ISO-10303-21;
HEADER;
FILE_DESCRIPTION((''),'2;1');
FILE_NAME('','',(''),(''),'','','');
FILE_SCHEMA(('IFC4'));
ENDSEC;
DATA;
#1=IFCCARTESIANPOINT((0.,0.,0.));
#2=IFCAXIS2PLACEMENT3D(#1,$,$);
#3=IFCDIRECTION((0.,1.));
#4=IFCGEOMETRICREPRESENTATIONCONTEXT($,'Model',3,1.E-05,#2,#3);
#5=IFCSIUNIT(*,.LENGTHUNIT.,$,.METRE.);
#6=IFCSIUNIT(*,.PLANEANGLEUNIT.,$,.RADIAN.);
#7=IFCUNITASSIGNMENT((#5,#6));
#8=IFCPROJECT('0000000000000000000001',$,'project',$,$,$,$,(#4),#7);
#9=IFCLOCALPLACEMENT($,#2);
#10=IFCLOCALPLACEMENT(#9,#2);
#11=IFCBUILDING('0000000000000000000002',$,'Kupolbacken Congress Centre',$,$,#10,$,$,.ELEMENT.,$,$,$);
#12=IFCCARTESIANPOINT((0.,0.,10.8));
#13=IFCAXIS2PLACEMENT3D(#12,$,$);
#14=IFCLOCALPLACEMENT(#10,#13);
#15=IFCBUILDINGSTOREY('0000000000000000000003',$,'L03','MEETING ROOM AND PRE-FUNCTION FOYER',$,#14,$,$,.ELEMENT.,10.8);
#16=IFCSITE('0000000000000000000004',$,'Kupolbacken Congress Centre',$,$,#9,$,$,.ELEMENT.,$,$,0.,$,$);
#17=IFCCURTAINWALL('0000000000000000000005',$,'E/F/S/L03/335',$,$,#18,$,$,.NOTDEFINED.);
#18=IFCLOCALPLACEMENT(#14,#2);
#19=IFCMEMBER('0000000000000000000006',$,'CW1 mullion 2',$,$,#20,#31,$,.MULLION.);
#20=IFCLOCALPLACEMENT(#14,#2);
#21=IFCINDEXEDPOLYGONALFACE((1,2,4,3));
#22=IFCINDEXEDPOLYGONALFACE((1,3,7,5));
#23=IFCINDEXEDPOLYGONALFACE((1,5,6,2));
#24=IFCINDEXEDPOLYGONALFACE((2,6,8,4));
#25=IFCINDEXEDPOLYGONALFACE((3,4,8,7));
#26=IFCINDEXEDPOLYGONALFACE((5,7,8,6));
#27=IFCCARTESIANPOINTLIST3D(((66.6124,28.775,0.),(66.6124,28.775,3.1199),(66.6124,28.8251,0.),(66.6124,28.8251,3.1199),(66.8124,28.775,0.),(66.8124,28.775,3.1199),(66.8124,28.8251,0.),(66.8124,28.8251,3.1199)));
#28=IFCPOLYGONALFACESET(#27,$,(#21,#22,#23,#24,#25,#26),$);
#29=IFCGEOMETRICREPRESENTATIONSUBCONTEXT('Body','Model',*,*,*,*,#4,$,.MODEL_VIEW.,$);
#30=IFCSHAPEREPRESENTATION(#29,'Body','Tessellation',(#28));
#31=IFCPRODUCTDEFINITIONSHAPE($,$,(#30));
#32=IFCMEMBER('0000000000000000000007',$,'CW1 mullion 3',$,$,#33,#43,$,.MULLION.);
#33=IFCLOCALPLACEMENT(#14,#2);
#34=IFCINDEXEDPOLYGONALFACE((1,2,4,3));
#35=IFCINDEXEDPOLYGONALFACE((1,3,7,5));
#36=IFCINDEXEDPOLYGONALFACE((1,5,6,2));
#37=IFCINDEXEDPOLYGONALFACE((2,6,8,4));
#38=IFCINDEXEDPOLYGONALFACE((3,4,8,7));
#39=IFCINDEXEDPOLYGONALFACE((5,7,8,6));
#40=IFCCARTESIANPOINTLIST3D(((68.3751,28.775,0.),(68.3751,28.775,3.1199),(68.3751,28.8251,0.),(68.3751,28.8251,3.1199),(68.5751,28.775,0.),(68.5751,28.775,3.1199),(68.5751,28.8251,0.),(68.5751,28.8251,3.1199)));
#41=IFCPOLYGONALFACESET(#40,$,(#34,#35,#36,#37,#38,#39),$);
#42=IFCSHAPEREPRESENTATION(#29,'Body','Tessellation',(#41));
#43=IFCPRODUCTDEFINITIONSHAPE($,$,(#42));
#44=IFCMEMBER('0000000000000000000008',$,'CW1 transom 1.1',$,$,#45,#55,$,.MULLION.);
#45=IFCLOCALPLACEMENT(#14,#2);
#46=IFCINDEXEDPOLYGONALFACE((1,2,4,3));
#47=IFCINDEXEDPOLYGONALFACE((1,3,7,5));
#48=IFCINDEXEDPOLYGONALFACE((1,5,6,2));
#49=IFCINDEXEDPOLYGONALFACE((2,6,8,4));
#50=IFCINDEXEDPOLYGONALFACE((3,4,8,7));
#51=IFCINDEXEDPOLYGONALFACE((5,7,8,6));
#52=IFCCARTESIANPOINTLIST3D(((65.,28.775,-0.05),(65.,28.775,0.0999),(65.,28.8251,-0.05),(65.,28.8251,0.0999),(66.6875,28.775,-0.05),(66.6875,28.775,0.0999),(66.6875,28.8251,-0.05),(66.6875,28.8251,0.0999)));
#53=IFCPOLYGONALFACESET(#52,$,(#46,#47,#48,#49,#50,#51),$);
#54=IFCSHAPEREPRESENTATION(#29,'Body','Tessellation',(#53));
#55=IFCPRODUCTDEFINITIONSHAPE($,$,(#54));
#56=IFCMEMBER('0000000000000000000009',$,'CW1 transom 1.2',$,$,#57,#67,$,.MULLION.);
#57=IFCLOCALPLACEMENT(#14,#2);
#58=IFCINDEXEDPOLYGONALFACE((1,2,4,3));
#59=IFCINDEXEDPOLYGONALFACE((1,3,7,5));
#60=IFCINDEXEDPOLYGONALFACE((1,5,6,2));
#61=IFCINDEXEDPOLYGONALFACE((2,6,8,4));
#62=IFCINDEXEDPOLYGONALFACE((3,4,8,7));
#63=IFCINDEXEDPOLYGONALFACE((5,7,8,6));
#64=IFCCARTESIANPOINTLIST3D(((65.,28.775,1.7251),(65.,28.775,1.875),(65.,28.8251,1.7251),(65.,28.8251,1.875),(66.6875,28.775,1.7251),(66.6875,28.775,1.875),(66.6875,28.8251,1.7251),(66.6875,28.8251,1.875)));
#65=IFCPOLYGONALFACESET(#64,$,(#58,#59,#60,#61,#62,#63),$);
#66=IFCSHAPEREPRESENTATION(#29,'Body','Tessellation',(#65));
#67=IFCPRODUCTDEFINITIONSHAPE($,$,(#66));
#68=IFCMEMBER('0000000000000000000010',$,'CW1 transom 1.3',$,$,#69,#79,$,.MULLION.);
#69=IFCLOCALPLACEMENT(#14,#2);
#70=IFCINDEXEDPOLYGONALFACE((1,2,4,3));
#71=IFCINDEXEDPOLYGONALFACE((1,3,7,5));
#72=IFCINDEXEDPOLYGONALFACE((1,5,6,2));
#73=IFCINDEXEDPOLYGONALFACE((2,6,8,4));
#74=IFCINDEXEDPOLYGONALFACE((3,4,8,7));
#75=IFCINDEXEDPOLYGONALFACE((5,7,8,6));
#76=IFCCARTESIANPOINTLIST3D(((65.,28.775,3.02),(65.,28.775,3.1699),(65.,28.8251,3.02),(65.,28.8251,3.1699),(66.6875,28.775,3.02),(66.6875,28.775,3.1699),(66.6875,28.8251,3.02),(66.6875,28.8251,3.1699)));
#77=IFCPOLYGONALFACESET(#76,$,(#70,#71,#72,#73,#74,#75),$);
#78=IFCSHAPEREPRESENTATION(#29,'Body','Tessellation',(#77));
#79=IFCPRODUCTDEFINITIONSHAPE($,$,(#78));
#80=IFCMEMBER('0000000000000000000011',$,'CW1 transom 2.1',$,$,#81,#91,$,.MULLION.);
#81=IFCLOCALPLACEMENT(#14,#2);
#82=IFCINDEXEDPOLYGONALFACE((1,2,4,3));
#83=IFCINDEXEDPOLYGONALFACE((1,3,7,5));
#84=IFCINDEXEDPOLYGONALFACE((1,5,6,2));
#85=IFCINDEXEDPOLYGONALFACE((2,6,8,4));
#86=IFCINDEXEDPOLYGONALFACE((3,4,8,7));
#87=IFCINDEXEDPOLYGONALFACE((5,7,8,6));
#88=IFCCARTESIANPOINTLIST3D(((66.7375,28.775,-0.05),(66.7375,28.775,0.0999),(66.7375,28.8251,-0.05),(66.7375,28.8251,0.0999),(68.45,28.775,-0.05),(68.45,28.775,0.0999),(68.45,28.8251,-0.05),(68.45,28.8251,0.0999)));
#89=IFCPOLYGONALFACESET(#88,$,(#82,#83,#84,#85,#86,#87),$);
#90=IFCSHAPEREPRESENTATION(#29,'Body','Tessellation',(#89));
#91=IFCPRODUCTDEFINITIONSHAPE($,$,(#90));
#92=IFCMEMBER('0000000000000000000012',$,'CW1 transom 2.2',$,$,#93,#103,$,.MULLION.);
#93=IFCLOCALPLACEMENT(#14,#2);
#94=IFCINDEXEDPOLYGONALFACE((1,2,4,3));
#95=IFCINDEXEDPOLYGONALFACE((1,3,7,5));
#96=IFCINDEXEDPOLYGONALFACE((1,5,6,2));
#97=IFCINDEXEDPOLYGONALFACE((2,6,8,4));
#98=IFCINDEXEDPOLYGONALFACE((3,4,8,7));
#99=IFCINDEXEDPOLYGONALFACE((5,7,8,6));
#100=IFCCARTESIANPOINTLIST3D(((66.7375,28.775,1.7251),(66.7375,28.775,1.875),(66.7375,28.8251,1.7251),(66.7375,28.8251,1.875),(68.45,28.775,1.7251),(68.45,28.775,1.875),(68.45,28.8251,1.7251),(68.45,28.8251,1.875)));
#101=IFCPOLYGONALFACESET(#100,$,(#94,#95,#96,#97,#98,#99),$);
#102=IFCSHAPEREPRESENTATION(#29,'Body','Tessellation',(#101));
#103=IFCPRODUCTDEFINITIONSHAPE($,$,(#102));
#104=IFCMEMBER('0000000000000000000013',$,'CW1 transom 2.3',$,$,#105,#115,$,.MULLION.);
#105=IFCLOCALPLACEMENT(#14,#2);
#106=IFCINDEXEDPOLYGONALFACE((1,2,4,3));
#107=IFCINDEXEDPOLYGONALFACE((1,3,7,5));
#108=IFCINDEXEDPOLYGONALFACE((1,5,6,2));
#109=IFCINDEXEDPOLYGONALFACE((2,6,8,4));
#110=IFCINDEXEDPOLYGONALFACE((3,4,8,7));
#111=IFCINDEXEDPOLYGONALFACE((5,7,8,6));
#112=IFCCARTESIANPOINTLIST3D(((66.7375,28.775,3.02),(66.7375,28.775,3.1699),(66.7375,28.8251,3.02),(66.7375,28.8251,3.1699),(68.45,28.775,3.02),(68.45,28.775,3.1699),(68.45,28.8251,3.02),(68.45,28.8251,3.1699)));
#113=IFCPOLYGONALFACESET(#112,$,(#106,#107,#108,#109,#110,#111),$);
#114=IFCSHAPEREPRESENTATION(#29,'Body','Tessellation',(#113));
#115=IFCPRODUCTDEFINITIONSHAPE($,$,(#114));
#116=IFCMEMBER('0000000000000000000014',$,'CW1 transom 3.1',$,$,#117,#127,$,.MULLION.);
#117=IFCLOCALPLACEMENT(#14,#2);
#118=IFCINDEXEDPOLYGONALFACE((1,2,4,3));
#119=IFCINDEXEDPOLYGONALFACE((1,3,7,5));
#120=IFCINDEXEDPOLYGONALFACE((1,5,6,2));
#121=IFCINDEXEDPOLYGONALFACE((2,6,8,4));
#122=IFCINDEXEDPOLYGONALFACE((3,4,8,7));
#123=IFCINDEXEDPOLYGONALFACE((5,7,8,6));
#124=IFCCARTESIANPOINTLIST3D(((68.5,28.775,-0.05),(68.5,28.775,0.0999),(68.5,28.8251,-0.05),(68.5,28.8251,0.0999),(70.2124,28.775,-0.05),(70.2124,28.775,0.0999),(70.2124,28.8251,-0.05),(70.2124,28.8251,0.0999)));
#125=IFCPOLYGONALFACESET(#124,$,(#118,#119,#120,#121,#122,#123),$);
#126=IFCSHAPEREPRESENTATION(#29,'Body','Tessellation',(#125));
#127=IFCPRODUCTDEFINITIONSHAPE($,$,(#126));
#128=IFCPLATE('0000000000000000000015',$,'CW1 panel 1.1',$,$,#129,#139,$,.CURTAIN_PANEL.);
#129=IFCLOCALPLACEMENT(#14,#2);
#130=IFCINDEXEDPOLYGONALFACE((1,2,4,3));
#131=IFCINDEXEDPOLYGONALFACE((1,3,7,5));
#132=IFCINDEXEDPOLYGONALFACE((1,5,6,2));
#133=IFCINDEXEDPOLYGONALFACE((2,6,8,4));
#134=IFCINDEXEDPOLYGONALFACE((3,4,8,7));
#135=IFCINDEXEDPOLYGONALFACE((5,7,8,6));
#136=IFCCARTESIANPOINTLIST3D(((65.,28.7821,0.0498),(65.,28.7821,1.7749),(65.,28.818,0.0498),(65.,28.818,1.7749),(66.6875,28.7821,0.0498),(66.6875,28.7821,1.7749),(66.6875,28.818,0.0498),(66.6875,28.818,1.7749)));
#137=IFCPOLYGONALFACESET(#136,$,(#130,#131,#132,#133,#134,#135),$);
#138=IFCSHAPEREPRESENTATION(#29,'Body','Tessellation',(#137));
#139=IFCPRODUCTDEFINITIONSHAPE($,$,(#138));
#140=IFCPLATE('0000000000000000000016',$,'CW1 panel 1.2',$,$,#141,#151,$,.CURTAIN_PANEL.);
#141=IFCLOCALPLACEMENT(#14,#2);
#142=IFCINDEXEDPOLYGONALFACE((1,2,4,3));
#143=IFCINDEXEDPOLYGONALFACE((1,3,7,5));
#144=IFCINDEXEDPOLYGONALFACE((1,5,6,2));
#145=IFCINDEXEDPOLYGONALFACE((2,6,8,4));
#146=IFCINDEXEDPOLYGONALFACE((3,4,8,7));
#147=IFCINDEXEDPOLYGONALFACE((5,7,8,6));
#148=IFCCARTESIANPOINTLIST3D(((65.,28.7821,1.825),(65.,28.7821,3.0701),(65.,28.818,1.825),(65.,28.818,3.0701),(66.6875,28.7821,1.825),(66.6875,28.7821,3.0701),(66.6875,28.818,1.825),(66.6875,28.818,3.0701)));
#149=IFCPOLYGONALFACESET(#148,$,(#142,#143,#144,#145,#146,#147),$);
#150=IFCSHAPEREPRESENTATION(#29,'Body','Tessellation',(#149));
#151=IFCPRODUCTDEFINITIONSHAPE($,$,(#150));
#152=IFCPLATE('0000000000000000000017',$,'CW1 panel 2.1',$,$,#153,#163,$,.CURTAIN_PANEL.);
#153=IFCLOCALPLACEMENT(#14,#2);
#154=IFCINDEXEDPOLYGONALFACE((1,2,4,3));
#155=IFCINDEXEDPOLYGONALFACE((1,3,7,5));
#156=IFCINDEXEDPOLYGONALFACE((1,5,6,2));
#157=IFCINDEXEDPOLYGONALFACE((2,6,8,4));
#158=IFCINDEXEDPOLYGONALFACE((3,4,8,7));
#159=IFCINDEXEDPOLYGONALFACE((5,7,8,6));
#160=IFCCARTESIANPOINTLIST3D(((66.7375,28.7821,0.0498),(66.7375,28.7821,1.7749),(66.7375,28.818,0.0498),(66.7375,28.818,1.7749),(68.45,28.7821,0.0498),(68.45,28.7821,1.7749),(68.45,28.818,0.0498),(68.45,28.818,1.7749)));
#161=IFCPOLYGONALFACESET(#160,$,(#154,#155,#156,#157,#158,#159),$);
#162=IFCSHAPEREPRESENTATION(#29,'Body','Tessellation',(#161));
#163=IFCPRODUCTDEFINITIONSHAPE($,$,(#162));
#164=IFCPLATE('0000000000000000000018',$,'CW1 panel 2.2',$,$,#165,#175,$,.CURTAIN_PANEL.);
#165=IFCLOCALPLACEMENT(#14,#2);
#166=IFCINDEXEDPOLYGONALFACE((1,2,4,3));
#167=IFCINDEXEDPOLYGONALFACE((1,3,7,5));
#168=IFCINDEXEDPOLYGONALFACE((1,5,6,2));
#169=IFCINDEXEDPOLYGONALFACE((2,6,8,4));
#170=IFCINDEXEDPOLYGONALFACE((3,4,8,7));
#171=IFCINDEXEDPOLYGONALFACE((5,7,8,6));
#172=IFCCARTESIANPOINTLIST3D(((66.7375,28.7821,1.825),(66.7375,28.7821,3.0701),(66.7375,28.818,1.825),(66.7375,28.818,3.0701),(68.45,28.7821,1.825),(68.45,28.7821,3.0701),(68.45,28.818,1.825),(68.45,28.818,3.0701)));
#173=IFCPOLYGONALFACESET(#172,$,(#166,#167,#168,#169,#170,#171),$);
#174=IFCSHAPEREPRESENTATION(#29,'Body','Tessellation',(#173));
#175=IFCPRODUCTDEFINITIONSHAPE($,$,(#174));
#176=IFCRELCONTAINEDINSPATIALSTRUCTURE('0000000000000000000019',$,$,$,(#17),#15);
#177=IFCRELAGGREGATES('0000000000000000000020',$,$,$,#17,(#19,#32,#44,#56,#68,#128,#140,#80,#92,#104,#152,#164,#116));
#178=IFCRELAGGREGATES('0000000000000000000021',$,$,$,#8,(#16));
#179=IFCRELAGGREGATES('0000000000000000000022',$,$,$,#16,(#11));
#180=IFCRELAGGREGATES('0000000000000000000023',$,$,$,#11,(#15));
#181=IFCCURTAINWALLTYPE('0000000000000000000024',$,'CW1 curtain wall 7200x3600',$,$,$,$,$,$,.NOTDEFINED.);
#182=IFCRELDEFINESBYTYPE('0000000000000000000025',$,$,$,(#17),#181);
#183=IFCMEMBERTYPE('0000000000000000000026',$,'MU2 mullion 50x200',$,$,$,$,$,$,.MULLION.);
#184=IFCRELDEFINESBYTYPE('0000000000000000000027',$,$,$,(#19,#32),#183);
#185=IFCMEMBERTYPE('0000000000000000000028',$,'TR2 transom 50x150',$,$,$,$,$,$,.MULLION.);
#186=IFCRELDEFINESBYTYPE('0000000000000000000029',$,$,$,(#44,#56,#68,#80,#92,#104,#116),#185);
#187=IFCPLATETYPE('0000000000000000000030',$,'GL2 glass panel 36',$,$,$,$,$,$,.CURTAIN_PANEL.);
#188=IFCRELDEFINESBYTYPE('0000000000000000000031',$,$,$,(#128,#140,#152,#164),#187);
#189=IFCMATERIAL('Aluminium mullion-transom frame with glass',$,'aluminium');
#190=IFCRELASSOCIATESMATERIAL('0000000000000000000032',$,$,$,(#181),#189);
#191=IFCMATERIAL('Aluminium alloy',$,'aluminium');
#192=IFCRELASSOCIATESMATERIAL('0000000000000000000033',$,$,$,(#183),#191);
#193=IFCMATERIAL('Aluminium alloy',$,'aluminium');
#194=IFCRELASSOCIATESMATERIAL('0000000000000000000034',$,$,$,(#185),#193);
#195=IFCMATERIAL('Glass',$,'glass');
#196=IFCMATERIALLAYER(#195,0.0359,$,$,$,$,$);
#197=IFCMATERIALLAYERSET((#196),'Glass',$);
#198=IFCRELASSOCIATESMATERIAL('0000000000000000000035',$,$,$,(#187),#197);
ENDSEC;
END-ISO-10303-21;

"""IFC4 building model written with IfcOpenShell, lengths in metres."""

from ifc_helpers import new_model, si_unit, direction, frame, origin, origin_2d, place, context, subcontext, project, spatial, rectangle, extrude, material, layer, layer_set, material_profile, profile_set, type_object, element, aggregate, save


model = new_model("IFC4")

# Units and contexts
model_context = context("Model", 3, precision=1e-05, world=origin(), true_north=direction((0.0, 1.0)))
body_context = subcontext(model_context, "Body", "Model", "MODEL_VIEW")
ifc_project = project(units=[si_unit("LENGTHUNIT", "METRE"), si_unit("PLANEANGLEUNIT", "RADIAN")], contexts=[model_context])

# Site, building, storey
site_placement = place(None, origin())
site = spatial("IfcSite", under=ifc_project, at=site_placement, Name="Kupolbacken Congress Centre", CompositionType="ELEMENT", RefElevation=0.0)
building_placement = place(site_placement, origin())
building = spatial("IfcBuilding", under=site, at=building_placement, Name="Kupolbacken Congress Centre", CompositionType="ELEMENT")
storey_placement = place(building_placement, frame((0.0, 0.0, 10.8)))
storey = spatial("IfcBuildingStorey", under=building, at=storey_placement, Name="L03", Description="MEETING ROOM AND PRE-FUNCTION FOYER", CompositionType="ELEMENT", Elevation=10.8)

# Curtain wall, members, plates
ifc_material_1 = material(Name="Aluminium mullion-transom frame with glass", Category="aluminium")
curtain_wall_type = type_object("IfcCurtainWallType", Name="CW1 curtain wall 7200x3600", PredefinedType="NOTDEFINED", material=ifc_material_1)
curtain_wall_placement = place(storey_placement, origin())
curtain_wall = element("IfcCurtainWall", 1, at=curtain_wall_placement, inside=storey, type_object=curtain_wall_type, Name="E/F/S/L03/335", PredefinedType="NOTDEFINED")
ifc_material_2 = material(Name="Aluminium alloy", Category="aluminium")
ifc_material_profile_1 = material_profile(ifc_material_2, rectangle(XDim=0.05, YDim=0.2, at=origin_2d()), Name="50 x 200")
ifc_profile_set_1 = profile_set([ifc_material_profile_1], Name="Aluminium alloy")
member_type_1 = type_object("IfcMemberType", Name="MU2 mullion 50x200", PredefinedType="MULLION", material=ifc_profile_set_1)
member_1_placement = place(storey_placement, frame((66.7124, 28.8, 0.0), z_axis=(0.0, 0.0, 1.0), x_axis=(0.0, 1.0, 0.0)))
member_1 = element("IfcMember", 2, at=member_1_placement, type_object=member_type_1, Name="CW1 mullion 2", PredefinedType="MULLION", context=body_context, shape_type="SweptSolid", body=[
    extrude(rectangle(XDim=0.05, YDim=0.2, at=origin_2d()), origin(), (0.0, 0.0, 1.0), 3.1199),
])
member_2_placement = place(storey_placement, frame((68.4751, 28.8, 0.0), z_axis=(0.0, 0.0, 1.0), x_axis=(0.0, 1.0, 0.0)))
member_2 = element("IfcMember", 3, at=member_2_placement, type_object=member_type_1, Name="CW1 mullion 3", PredefinedType="MULLION", context=body_context, shape_type="SweptSolid", body=[
    extrude(rectangle(XDim=0.05, YDim=0.2, at=origin_2d()), origin(), (0.0, 0.0, 1.0), 3.1199),
])
ifc_material_3 = material(Name="Aluminium alloy", Category="aluminium")
ifc_material_profile_2 = material_profile(ifc_material_3, rectangle(XDim=0.05, YDim=0.1499, at=origin_2d()), Name="50 x 150")
ifc_profile_set_2 = profile_set([ifc_material_profile_2], Name="Aluminium alloy")
member_type_2 = type_object("IfcMemberType", Name="TR2 transom 50x150", PredefinedType="MULLION", material=ifc_profile_set_2)
member_3_placement = place(storey_placement, frame((65.0, 28.8, 0.0249), z_axis=(1.0, 0.0, 0.0), x_axis=(0.0, 1.0, 0.0)))
member_3 = element("IfcMember", 4, at=member_3_placement, type_object=member_type_2, Name="CW1 transom 1.1", PredefinedType="MULLION", context=body_context, shape_type="SweptSolid", body=[
    extrude(rectangle(XDim=0.05, YDim=0.1499, at=origin_2d()), origin(), (0.0, 0.0, 1.0), 1.6875),
])
member_4_placement = place(storey_placement, frame((65.0, 28.8, 1.8), z_axis=(1.0, 0.0, 0.0), x_axis=(0.0, 1.0, 0.0)))
member_4 = element("IfcMember", 5, at=member_4_placement, type_object=member_type_2, Name="CW1 transom 1.2", PredefinedType="MULLION", context=body_context, shape_type="SweptSolid", body=[
    extrude(rectangle(XDim=0.05, YDim=0.1499, at=origin_2d()), origin(), (0.0, 0.0, 1.0), 1.6875),
])
member_5_placement = place(storey_placement, frame((65.0, 28.8, 3.095), z_axis=(1.0, 0.0, 0.0), x_axis=(0.0, 1.0, 0.0)))
member_5 = element("IfcMember", 6, at=member_5_placement, type_object=member_type_2, Name="CW1 transom 1.3", PredefinedType="MULLION", context=body_context, shape_type="SweptSolid", body=[
    extrude(rectangle(XDim=0.05, YDim=0.1499, at=origin_2d()), origin(), (0.0, 0.0, 1.0), 1.6875),
])
member_6_placement = place(storey_placement, frame((66.7375, 28.8, 0.0249), z_axis=(1.0, 0.0, 0.0), x_axis=(0.0, 1.0, 0.0)))
member_6 = element("IfcMember", 7, at=member_6_placement, type_object=member_type_2, Name="CW1 transom 2.1", PredefinedType="MULLION", context=body_context, shape_type="SweptSolid", body=[
    extrude(rectangle(XDim=0.05, YDim=0.1499, at=origin_2d()), origin(), (0.0, 0.0, 1.0), 1.7124),
])
member_7_placement = place(storey_placement, frame((66.7375, 28.8, 1.8), z_axis=(1.0, 0.0, 0.0), x_axis=(0.0, 1.0, 0.0)))
member_7 = element("IfcMember", 8, at=member_7_placement, type_object=member_type_2, Name="CW1 transom 2.2", PredefinedType="MULLION", context=body_context, shape_type="SweptSolid", body=[
    extrude(rectangle(XDim=0.05, YDim=0.1499, at=origin_2d()), origin(), (0.0, 0.0, 1.0), 1.7124),
])
member_8_placement = place(storey_placement, frame((66.7375, 28.8, 3.095), z_axis=(1.0, 0.0, 0.0), x_axis=(0.0, 1.0, 0.0)))
member_8 = element("IfcMember", 9, at=member_8_placement, type_object=member_type_2, Name="CW1 transom 2.3", PredefinedType="MULLION", context=body_context, shape_type="SweptSolid", body=[
    extrude(rectangle(XDim=0.05, YDim=0.1499, at=origin_2d()), origin(), (0.0, 0.0, 1.0), 1.7124),
])
member_9_placement = place(storey_placement, frame((68.5, 28.8, 0.0249), z_axis=(1.0, 0.0, 0.0), x_axis=(0.0, 1.0, 0.0)))
member_9 = element("IfcMember", 10, at=member_9_placement, type_object=member_type_2, Name="CW1 transom 3.1", PredefinedType="MULLION", context=body_context, shape_type="SweptSolid", body=[
    extrude(rectangle(XDim=0.05, YDim=0.1499, at=origin_2d()), origin(), (0.0, 0.0, 1.0), 1.7124),
])
ifc_material_4 = material(Name="Glass", Category="glass")
ifc_layer_1 = layer(ifc_material_4, 0.0359)
ifc_layer_set_1 = layer_set([ifc_layer_1], Name="Glass")
plate_type = type_object("IfcPlateType", Name="GL2 glass panel 36", PredefinedType="CURTAIN_PANEL", material=ifc_layer_set_1)
plate_1_placement = place(storey_placement, frame((65.8438, 28.8, 0.0498), z_axis=(0.0, 0.0, 1.0), x_axis=(1.0, 0.0, 0.0)))
plate_1 = element("IfcPlate", 11, at=plate_1_placement, type_object=plate_type, Name="CW1 panel 1.1", PredefinedType="CURTAIN_PANEL", context=body_context, shape_type="SweptSolid", body=[
    extrude(rectangle(XDim=1.6875, YDim=0.0359, at=origin_2d()), origin(), (0.0, 0.0, 1.0), 1.7251),
])
plate_2_placement = place(storey_placement, frame((65.8438, 28.8, 1.825), z_axis=(0.0, 0.0, 1.0), x_axis=(1.0, 0.0, 0.0)))
plate_2 = element("IfcPlate", 12, at=plate_2_placement, type_object=plate_type, Name="CW1 panel 1.2", PredefinedType="CURTAIN_PANEL", context=body_context, shape_type="SweptSolid", body=[
    extrude(rectangle(XDim=1.6875, YDim=0.0359, at=origin_2d()), origin(), (0.0, 0.0, 1.0), 1.2451),
])
plate_3_placement = place(storey_placement, frame((67.5938, 28.8, 0.0498), z_axis=(0.0, 0.0, 1.0), x_axis=(1.0, 0.0, 0.0)))
plate_3 = element("IfcPlate", 13, at=plate_3_placement, type_object=plate_type, Name="CW1 panel 2.1", PredefinedType="CURTAIN_PANEL", context=body_context, shape_type="SweptSolid", body=[
    extrude(rectangle(XDim=1.7124, YDim=0.0359, at=origin_2d()), origin(), (0.0, 0.0, 1.0), 1.7251),
])
plate_4_placement = place(storey_placement, frame((67.5938, 28.8, 1.825), z_axis=(0.0, 0.0, 1.0), x_axis=(1.0, 0.0, 0.0)))
plate_4 = element("IfcPlate", 14, at=plate_4_placement, type_object=plate_type, Name="CW1 panel 2.2", PredefinedType="CURTAIN_PANEL", context=body_context, shape_type="SweptSolid", body=[
    extrude(rectangle(XDim=1.7124, YDim=0.0359, at=origin_2d()), origin(), (0.0, 0.0, 1.0), 1.2451),
])
aggregate(curtain_wall, [member_1, member_2, member_3, member_4, member_5, plate_1, plate_2, member_6, member_7, member_8, plate_3, plate_4, member_9])

save(model, "model.ifc")
